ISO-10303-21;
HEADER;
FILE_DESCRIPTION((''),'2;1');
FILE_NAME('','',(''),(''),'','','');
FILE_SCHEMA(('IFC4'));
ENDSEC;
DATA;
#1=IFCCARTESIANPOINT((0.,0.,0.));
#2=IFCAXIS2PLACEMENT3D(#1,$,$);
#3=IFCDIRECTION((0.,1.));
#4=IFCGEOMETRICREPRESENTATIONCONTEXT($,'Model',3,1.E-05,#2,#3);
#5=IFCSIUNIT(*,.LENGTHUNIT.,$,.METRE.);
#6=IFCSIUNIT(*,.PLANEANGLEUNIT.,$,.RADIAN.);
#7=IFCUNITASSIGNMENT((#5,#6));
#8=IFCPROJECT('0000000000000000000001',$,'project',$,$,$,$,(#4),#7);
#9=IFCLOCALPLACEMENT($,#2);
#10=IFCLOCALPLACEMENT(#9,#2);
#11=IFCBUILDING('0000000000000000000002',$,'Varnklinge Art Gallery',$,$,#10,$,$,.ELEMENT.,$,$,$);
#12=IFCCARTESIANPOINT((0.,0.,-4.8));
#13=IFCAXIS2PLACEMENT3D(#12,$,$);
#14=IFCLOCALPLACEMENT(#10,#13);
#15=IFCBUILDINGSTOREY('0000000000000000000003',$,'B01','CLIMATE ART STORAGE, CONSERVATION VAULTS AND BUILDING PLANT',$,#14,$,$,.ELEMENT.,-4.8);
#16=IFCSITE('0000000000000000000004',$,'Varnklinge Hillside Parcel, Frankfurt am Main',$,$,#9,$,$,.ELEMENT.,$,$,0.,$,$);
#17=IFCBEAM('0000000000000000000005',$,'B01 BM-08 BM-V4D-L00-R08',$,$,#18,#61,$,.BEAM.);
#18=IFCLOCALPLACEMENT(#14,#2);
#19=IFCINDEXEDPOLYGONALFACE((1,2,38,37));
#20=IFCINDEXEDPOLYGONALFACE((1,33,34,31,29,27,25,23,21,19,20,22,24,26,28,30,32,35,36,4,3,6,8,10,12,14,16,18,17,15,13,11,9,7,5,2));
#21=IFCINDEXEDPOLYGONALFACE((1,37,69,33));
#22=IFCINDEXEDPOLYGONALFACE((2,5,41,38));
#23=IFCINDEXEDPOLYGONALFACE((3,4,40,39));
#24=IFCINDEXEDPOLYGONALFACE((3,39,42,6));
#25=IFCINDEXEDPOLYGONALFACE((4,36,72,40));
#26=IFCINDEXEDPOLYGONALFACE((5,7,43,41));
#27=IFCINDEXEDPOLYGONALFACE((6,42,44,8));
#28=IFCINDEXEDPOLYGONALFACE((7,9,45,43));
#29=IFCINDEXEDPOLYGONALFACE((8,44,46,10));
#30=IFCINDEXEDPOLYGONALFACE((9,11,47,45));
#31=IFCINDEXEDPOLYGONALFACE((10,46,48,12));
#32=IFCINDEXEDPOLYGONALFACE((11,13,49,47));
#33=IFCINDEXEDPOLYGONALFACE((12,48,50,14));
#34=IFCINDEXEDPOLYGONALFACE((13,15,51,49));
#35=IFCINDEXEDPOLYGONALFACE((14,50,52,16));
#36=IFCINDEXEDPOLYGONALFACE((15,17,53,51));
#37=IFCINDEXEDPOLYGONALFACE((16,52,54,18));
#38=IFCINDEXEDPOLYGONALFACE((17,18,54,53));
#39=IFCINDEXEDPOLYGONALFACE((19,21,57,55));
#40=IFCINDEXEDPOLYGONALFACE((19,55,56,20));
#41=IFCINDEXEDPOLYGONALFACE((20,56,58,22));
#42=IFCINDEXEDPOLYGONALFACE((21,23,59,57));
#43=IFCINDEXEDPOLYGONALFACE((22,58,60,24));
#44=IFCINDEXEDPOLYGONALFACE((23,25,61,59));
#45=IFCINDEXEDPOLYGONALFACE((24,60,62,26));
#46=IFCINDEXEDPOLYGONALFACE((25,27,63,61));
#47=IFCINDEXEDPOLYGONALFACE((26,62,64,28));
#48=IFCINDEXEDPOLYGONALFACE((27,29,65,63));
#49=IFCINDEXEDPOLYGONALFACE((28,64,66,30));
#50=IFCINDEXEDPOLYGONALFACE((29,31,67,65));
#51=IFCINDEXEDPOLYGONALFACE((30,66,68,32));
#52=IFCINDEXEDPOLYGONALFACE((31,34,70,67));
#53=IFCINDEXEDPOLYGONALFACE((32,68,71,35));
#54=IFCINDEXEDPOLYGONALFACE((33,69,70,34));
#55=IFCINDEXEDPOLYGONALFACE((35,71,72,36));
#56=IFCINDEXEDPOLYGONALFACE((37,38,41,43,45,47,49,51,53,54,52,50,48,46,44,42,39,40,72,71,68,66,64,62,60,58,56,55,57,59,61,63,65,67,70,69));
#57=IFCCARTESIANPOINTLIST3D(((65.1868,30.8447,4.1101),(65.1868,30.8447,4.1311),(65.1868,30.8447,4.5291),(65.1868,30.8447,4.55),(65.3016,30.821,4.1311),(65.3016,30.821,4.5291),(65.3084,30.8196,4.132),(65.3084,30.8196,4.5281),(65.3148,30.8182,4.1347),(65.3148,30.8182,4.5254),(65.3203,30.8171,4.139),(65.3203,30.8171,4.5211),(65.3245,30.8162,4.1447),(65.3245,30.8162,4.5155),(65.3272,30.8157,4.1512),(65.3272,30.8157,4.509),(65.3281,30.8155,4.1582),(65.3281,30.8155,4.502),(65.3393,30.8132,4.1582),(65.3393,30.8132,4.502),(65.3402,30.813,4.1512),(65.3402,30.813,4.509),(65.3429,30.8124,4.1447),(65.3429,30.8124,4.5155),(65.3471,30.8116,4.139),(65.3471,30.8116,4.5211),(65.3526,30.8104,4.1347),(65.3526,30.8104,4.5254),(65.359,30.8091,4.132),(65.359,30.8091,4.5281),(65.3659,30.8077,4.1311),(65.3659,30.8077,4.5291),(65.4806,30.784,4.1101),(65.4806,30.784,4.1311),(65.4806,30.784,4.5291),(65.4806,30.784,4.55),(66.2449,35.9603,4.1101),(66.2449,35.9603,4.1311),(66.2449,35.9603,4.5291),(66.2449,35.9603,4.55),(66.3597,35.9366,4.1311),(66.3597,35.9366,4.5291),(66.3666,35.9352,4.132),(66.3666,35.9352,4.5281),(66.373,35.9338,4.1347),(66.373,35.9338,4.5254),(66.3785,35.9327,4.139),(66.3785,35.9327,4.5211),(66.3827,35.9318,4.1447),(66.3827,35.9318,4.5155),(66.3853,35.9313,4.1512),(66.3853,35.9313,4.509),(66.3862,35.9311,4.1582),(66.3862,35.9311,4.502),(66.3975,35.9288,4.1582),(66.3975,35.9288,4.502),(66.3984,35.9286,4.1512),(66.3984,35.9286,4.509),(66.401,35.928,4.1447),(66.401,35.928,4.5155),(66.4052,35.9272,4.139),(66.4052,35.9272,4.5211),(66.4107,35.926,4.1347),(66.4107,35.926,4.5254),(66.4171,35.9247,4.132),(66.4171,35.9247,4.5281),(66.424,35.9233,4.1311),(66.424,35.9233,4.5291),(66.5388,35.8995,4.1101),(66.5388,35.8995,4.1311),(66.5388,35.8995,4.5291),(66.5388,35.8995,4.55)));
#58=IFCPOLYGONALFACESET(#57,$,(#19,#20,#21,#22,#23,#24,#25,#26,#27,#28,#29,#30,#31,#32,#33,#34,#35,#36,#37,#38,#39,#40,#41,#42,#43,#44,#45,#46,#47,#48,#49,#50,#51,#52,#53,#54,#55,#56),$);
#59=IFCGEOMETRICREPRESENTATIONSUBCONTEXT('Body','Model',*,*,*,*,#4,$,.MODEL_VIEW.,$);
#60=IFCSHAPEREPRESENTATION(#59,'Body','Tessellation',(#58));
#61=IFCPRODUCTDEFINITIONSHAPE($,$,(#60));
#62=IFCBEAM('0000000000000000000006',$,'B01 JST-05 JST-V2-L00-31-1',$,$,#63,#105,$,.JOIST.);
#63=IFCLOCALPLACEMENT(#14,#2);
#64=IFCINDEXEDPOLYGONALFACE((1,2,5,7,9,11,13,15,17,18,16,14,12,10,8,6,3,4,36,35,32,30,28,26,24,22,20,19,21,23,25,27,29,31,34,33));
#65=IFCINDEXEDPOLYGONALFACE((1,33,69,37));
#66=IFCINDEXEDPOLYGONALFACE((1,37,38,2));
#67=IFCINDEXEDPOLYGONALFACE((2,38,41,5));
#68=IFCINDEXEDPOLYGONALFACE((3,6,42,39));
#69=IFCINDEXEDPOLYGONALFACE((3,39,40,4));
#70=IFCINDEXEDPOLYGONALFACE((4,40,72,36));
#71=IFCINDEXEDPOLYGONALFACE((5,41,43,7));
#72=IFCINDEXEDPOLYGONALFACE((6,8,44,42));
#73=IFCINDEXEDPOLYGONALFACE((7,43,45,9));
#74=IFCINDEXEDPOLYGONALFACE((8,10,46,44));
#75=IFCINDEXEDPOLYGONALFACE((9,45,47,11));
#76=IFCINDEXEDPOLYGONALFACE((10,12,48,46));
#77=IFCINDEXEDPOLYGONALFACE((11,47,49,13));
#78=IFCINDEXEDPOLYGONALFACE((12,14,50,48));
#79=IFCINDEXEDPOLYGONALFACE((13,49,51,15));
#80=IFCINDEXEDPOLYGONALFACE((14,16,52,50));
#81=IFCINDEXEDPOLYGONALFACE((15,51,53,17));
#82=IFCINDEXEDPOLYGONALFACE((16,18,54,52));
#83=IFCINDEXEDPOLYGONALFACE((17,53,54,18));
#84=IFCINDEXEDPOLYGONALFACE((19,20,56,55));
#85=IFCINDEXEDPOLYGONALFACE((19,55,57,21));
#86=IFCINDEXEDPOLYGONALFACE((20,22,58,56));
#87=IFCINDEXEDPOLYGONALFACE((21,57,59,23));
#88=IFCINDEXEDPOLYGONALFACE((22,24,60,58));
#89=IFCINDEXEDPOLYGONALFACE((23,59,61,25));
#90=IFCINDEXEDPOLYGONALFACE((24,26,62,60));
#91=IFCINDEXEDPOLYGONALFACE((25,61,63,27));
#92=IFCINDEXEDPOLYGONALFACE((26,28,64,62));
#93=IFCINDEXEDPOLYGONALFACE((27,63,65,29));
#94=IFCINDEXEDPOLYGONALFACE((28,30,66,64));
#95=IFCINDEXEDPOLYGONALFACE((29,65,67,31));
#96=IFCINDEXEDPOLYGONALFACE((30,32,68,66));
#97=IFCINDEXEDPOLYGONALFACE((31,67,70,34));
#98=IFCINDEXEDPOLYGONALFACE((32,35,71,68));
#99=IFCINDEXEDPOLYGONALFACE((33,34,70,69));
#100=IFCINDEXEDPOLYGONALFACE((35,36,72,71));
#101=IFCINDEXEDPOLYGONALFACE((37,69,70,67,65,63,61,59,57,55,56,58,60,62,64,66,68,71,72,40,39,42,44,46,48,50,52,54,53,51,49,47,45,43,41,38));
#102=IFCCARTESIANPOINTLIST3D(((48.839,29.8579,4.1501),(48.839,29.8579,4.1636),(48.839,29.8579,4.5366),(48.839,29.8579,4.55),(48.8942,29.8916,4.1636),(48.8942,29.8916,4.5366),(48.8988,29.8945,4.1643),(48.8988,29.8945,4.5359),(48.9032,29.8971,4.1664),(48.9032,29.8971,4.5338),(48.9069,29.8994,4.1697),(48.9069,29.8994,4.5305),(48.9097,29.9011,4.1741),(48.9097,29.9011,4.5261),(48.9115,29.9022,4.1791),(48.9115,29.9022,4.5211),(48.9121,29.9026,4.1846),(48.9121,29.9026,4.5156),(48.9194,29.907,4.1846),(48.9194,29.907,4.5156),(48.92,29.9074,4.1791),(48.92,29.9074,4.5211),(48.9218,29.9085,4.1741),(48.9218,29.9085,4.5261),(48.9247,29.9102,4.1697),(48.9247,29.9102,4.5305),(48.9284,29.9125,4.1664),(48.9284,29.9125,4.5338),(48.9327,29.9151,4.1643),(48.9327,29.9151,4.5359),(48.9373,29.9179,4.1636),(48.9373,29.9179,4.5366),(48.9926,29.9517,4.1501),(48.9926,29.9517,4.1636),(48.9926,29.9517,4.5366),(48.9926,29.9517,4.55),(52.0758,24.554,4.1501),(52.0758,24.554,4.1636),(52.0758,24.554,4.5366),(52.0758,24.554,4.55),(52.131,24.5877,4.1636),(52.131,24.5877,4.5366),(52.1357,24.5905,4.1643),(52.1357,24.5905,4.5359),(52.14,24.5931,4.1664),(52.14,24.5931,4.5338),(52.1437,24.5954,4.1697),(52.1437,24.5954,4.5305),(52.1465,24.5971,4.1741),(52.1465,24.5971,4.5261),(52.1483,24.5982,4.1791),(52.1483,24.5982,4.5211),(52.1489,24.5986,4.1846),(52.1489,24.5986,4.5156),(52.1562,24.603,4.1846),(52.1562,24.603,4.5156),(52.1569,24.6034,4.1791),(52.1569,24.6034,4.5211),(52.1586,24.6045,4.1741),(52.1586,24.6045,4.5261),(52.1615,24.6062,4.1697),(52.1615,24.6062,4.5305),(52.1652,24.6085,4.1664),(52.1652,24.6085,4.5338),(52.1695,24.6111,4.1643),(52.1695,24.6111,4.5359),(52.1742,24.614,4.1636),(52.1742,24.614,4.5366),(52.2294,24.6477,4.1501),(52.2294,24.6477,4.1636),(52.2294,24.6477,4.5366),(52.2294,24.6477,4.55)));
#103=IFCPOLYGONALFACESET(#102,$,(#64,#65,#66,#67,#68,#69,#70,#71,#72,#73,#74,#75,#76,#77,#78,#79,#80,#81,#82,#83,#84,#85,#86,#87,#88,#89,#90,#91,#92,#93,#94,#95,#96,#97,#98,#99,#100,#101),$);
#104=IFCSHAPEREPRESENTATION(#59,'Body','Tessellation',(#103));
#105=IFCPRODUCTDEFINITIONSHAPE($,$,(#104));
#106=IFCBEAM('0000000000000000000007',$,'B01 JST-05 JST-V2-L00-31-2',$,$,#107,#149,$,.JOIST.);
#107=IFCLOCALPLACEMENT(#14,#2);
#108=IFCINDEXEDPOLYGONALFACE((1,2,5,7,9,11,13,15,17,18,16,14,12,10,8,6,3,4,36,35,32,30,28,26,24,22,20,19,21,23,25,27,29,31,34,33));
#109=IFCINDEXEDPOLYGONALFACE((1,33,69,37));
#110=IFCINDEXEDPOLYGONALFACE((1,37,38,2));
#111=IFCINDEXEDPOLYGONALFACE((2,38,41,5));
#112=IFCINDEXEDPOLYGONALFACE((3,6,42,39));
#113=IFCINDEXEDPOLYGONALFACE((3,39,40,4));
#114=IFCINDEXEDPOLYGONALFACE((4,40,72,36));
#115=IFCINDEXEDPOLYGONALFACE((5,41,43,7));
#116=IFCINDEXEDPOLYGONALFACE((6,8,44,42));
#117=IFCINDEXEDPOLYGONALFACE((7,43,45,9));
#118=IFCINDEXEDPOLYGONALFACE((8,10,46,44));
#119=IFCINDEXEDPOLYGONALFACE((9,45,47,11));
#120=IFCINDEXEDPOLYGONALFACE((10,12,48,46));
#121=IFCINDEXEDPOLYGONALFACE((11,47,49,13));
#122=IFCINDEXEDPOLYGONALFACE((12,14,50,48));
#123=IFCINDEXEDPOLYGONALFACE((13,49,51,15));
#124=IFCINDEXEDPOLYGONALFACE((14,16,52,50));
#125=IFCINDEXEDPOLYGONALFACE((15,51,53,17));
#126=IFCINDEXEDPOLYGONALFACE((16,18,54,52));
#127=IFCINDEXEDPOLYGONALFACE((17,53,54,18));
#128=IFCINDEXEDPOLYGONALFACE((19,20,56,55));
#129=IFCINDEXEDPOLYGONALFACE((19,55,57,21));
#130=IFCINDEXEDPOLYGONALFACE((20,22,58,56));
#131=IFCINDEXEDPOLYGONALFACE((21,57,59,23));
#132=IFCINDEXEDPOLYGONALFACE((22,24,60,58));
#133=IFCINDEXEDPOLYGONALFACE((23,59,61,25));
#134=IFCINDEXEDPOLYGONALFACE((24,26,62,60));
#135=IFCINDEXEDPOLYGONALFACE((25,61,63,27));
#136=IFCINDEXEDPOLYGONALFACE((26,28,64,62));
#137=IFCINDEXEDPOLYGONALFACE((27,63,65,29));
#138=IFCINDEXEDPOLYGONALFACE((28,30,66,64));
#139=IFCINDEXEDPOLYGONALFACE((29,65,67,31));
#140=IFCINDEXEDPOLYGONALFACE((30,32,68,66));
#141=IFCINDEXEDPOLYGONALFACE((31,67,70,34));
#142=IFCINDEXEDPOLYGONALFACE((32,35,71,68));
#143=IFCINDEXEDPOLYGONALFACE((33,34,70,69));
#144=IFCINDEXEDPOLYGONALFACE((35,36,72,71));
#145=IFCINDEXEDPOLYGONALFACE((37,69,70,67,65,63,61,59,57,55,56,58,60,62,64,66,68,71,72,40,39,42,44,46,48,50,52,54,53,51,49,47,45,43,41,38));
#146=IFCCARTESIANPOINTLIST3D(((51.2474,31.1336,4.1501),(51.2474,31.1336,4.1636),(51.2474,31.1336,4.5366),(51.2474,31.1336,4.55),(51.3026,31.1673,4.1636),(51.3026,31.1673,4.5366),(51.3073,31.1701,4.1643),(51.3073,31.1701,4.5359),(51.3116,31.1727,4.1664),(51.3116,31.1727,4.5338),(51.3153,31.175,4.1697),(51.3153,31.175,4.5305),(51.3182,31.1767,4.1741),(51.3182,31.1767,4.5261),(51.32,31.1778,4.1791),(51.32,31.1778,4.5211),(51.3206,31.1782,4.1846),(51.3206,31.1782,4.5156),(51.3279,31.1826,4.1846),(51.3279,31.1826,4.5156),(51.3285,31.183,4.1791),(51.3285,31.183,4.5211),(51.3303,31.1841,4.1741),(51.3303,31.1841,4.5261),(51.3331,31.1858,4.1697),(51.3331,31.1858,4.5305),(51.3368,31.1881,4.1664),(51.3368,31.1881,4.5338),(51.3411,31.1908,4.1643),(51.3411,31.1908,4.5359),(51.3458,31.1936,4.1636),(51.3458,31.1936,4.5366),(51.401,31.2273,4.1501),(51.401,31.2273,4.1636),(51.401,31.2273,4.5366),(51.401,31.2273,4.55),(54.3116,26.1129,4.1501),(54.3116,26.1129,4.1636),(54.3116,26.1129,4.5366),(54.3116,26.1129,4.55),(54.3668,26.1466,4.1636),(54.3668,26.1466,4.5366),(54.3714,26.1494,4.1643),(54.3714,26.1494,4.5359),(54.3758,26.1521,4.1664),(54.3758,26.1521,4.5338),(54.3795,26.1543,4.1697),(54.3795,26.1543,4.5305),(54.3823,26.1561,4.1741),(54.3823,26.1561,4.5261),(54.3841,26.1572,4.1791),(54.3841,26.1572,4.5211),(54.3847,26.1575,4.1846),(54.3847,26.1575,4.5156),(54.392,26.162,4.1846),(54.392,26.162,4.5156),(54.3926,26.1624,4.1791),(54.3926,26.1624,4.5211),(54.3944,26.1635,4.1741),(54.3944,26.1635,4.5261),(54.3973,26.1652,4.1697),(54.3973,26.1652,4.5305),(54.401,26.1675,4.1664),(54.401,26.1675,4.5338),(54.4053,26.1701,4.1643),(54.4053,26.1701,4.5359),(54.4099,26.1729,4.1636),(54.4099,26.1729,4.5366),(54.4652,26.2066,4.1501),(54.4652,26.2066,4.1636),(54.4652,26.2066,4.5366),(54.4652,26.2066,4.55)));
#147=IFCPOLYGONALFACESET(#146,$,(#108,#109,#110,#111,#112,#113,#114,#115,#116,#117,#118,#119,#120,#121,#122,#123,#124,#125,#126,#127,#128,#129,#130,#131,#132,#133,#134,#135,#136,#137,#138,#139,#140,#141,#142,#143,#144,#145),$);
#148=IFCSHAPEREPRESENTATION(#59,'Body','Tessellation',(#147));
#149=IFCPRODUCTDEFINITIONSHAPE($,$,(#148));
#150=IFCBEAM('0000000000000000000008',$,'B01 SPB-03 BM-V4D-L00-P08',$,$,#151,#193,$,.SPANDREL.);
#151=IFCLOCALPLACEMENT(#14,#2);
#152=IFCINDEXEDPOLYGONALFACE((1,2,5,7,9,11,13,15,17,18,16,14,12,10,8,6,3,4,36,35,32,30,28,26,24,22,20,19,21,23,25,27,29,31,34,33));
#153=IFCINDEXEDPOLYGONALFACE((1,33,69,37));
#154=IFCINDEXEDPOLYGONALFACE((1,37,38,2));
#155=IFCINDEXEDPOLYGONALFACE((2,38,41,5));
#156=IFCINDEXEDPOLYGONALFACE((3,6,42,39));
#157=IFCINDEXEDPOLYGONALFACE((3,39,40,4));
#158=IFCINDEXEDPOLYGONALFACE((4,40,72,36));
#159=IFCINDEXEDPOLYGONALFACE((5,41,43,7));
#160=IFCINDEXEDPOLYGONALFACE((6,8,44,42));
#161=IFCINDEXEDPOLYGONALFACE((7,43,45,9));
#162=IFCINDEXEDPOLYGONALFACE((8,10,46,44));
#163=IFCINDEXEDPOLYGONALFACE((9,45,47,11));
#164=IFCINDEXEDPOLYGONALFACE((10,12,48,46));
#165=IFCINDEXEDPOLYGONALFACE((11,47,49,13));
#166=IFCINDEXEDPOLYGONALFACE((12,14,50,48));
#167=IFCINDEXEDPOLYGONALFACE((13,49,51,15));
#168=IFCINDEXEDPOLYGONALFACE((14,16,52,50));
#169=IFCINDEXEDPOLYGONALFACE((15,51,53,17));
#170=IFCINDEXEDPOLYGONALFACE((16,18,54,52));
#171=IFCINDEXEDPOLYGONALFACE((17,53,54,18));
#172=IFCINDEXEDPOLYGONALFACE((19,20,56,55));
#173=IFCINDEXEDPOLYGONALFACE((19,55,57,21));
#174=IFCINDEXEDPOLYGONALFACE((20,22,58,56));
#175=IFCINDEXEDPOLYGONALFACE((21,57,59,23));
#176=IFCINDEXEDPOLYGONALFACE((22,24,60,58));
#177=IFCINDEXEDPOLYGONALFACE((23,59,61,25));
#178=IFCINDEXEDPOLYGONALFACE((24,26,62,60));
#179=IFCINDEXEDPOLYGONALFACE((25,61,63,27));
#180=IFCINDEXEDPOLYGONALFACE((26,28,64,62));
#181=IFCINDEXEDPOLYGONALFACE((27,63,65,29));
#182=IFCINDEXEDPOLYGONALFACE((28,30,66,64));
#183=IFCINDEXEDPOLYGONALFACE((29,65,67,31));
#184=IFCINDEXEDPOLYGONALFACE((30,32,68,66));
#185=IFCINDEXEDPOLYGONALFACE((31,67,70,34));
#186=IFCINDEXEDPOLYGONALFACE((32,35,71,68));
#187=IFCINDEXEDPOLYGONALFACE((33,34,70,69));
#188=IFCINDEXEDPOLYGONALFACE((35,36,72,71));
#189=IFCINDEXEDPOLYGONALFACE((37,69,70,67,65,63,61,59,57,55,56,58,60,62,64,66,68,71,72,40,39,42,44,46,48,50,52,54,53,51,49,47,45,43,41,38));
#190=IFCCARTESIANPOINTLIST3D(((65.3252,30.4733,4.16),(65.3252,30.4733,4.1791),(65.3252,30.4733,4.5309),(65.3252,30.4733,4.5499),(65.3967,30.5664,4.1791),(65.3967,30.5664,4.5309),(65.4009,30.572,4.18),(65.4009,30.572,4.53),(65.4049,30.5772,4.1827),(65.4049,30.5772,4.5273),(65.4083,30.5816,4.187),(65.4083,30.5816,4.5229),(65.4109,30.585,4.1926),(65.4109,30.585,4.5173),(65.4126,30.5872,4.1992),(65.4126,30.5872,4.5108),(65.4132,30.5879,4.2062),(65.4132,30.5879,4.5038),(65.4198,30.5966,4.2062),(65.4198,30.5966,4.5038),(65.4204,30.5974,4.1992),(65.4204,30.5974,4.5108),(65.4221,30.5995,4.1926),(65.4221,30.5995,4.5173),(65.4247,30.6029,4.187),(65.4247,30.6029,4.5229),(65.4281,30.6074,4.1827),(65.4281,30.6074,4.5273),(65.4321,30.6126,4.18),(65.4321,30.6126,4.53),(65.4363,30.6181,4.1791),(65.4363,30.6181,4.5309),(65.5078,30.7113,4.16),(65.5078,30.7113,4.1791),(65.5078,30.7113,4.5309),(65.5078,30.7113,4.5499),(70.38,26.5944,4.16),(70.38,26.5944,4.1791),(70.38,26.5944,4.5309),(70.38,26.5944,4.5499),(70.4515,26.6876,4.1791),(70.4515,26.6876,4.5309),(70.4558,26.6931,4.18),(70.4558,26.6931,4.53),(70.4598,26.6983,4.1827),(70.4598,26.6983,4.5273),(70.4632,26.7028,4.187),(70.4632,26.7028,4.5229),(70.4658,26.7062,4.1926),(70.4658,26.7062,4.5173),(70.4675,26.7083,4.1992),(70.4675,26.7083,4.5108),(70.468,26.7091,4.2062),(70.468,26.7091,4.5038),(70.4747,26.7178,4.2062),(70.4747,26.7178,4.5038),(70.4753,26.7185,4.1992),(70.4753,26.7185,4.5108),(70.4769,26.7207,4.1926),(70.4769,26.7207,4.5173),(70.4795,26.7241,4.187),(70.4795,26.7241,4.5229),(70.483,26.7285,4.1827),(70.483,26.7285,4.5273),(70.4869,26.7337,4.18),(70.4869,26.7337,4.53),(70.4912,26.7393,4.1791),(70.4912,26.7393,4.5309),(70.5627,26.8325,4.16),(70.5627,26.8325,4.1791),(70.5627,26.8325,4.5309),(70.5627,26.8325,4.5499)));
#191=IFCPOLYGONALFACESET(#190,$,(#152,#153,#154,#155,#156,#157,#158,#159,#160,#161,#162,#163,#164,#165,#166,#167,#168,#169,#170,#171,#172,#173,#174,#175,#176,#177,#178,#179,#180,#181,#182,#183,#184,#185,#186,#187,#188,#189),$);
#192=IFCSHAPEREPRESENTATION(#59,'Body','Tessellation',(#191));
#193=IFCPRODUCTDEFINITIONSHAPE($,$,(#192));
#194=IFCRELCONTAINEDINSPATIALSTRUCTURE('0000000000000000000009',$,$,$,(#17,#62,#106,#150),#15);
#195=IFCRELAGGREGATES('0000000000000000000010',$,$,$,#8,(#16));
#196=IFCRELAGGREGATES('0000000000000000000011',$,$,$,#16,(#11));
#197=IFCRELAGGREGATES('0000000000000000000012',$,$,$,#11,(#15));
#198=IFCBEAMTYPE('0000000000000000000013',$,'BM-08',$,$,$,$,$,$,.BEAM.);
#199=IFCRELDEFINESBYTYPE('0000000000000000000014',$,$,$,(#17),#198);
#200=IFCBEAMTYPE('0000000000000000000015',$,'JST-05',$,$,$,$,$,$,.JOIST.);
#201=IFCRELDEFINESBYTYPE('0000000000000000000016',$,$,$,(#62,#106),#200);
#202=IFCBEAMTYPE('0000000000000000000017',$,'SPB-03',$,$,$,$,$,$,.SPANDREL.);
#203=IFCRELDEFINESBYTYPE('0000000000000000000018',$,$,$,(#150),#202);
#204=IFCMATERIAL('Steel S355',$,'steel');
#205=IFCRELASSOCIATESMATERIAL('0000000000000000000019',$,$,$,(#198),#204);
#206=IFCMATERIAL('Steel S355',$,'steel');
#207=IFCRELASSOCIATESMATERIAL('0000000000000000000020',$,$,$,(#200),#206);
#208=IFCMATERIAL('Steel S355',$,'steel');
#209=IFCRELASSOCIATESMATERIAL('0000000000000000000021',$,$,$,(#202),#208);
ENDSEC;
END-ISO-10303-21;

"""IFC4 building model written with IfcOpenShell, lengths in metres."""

from ifc_helpers import new_model, si_unit, direction, frame, origin, origin_2d, place, context, subcontext, project, spatial, i_section, extrude, material, material_profile, profile_set, type_object, element, save


model = new_model("IFC4")

# Units and contexts
model_context = context("Model", 3, precision=1e-05, world=origin(), true_north=direction((0.0, 1.0)))
body_context = subcontext(model_context, "Body", "Model", "MODEL_VIEW")
ifc_project = project(units=[si_unit("LENGTHUNIT", "METRE"), si_unit("PLANEANGLEUNIT", "RADIAN")], contexts=[model_context])

# Site, building, storey
site_placement = place(None, origin())
site = spatial("IfcSite", under=ifc_project, at=site_placement, Name="Varnklinge Hillside Parcel, Frankfurt am Main", CompositionType="ELEMENT", RefElevation=0.0)
building_placement = place(site_placement, origin())
building = spatial("IfcBuilding", under=site, at=building_placement, Name="Varnklinge Art Gallery", CompositionType="ELEMENT")
storey_placement = place(building_placement, frame((0.0, 0.0, -4.8)))
storey = spatial("IfcBuildingStorey", under=building, at=storey_placement, Name="B01", Description="CLIMATE ART STORAGE, CONSERVATION VAULTS AND BUILDING PLANT", CompositionType="ELEMENT", Elevation=-4.8)

# Beams
ifc_material_1 = material(Name="Steel S355", Category="steel")
ifc_material_profile_1 = material_profile(ifc_material_1, i_section(OverallWidth=0.3, OverallDepth=0.4399, WebThickness=0.0115, FlangeThickness=0.021, FilletRadius=0.0271, at=origin_2d()), Name="HEA 450")
ifc_profile_set_1 = profile_set([ifc_material_profile_1], Name="Steel S355")
beam_type_1 = type_object("IfcBeamType", Name="BM-08", PredefinedType="BEAM", material=ifc_profile_set_1)
beam_1_placement = place(storey_placement, frame((66.3918, 35.9299, 4.3301), z_axis=(-0.202556, -0.979271, 0.0), x_axis=(0.979271, -0.202556, 0.0)))
element("IfcBeam", 1, at=beam_1_placement, inside=storey, type_object=beam_type_1, Name="B01 BM-08 BM-V4D-L00-R08", PredefinedType="BEAM", context=body_context, shape_type="SweptSolid", body=[
    extrude(i_section(OverallWidth=0.3, OverallDepth=0.4399, WebThickness=0.0115, FlangeThickness=0.021, FilletRadius=0.0271, at=origin_2d()), origin(), (0.0, 0.0, 1.0), 5.2239),
])
ifc_material_2 = material(Name="Steel S355", Category="steel")
ifc_material_profile_2 = material_profile(ifc_material_2, i_section(OverallWidth=0.1799, OverallDepth=0.3999, WebThickness=0.0085, FlangeThickness=0.0134, FilletRadius=0.021, at=origin_2d()), Name="IPE 400")
ifc_profile_set_2 = profile_set([ifc_material_profile_2], Name="Steel S355")
beam_type_2 = type_object("IfcBeamType", Name="JST-05", PredefinedType="JOIST", material=ifc_profile_set_2)
beam_2_placement = place(storey_placement, frame((48.9158, 29.9048, 4.3501), z_axis=(0.520924, -0.853603, 0.0), x_axis=(0.853603, 0.520924, 0.0)))
element("IfcBeam", 2, at=beam_2_placement, inside=storey, type_object=beam_type_2, Name="B01 JST-05 JST-V2-L00-31-1", PredefinedType="JOIST", context=body_context, shape_type="SweptSolid", body=[
    extrude(i_section(OverallWidth=0.1799, OverallDepth=0.3999, WebThickness=0.0085, FlangeThickness=0.0134, FilletRadius=0.021, at=origin_2d()), origin(), (0.0, 0.0, 1.0), 6.2136),
])
beam_3_placement = place(storey_placement, frame((51.3242, 31.1804, 4.3501), z_axis=(0.520951, -0.853586, 0.0), x_axis=(0.853586, 0.520951, 0.0)))
element("IfcBeam", 3, at=beam_3_placement, inside=storey, type_object=beam_type_2, Name="B01 JST-05 JST-V2-L00-31-2", PredefinedType="JOIST", context=body_context, shape_type="SweptSolid", body=[
    extrude(i_section(OverallWidth=0.1799, OverallDepth=0.3999, WebThickness=0.0085, FlangeThickness=0.0134, FilletRadius=0.021, at=origin_2d()), origin(), (0.0, 0.0, 1.0), 5.8818),
])
ifc_material_3 = material(Name="Steel S355", Category="steel")
ifc_material_profile_3 = material_profile(ifc_material_3, i_section(OverallWidth=0.3, OverallDepth=0.3899, WebThickness=0.011, FlangeThickness=0.019, FilletRadius=0.0271, at=origin_2d()), Name="HEA 400")
ifc_profile_set_3 = profile_set([ifc_material_profile_3], Name="Steel S355")
beam_type_3 = type_object("IfcBeamType", Name="SPB-03", PredefinedType="SPANDREL", material=ifc_profile_set_3)
beam_4_placement = place(storey_placement, frame((65.4165, 30.5923, 4.355), z_axis=(0.793344, -0.608773, 0.0), x_axis=(0.608773, 0.793344, 0.0)))
element("IfcBeam", 4, at=beam_4_placement, inside=storey, type_object=beam_type_3, Name="B01 SPB-03 BM-V4D-L00-P08", PredefinedType="SPANDREL", context=body_context, shape_type="SweptSolid", body=[
    extrude(i_section(OverallWidth=0.3, OverallDepth=0.3899, WebThickness=0.011, FlangeThickness=0.019, FilletRadius=0.0271, at=origin_2d()), origin(), (0.0, 0.0, 1.0), 6.3716),
])

save(model, "model.ifc")
